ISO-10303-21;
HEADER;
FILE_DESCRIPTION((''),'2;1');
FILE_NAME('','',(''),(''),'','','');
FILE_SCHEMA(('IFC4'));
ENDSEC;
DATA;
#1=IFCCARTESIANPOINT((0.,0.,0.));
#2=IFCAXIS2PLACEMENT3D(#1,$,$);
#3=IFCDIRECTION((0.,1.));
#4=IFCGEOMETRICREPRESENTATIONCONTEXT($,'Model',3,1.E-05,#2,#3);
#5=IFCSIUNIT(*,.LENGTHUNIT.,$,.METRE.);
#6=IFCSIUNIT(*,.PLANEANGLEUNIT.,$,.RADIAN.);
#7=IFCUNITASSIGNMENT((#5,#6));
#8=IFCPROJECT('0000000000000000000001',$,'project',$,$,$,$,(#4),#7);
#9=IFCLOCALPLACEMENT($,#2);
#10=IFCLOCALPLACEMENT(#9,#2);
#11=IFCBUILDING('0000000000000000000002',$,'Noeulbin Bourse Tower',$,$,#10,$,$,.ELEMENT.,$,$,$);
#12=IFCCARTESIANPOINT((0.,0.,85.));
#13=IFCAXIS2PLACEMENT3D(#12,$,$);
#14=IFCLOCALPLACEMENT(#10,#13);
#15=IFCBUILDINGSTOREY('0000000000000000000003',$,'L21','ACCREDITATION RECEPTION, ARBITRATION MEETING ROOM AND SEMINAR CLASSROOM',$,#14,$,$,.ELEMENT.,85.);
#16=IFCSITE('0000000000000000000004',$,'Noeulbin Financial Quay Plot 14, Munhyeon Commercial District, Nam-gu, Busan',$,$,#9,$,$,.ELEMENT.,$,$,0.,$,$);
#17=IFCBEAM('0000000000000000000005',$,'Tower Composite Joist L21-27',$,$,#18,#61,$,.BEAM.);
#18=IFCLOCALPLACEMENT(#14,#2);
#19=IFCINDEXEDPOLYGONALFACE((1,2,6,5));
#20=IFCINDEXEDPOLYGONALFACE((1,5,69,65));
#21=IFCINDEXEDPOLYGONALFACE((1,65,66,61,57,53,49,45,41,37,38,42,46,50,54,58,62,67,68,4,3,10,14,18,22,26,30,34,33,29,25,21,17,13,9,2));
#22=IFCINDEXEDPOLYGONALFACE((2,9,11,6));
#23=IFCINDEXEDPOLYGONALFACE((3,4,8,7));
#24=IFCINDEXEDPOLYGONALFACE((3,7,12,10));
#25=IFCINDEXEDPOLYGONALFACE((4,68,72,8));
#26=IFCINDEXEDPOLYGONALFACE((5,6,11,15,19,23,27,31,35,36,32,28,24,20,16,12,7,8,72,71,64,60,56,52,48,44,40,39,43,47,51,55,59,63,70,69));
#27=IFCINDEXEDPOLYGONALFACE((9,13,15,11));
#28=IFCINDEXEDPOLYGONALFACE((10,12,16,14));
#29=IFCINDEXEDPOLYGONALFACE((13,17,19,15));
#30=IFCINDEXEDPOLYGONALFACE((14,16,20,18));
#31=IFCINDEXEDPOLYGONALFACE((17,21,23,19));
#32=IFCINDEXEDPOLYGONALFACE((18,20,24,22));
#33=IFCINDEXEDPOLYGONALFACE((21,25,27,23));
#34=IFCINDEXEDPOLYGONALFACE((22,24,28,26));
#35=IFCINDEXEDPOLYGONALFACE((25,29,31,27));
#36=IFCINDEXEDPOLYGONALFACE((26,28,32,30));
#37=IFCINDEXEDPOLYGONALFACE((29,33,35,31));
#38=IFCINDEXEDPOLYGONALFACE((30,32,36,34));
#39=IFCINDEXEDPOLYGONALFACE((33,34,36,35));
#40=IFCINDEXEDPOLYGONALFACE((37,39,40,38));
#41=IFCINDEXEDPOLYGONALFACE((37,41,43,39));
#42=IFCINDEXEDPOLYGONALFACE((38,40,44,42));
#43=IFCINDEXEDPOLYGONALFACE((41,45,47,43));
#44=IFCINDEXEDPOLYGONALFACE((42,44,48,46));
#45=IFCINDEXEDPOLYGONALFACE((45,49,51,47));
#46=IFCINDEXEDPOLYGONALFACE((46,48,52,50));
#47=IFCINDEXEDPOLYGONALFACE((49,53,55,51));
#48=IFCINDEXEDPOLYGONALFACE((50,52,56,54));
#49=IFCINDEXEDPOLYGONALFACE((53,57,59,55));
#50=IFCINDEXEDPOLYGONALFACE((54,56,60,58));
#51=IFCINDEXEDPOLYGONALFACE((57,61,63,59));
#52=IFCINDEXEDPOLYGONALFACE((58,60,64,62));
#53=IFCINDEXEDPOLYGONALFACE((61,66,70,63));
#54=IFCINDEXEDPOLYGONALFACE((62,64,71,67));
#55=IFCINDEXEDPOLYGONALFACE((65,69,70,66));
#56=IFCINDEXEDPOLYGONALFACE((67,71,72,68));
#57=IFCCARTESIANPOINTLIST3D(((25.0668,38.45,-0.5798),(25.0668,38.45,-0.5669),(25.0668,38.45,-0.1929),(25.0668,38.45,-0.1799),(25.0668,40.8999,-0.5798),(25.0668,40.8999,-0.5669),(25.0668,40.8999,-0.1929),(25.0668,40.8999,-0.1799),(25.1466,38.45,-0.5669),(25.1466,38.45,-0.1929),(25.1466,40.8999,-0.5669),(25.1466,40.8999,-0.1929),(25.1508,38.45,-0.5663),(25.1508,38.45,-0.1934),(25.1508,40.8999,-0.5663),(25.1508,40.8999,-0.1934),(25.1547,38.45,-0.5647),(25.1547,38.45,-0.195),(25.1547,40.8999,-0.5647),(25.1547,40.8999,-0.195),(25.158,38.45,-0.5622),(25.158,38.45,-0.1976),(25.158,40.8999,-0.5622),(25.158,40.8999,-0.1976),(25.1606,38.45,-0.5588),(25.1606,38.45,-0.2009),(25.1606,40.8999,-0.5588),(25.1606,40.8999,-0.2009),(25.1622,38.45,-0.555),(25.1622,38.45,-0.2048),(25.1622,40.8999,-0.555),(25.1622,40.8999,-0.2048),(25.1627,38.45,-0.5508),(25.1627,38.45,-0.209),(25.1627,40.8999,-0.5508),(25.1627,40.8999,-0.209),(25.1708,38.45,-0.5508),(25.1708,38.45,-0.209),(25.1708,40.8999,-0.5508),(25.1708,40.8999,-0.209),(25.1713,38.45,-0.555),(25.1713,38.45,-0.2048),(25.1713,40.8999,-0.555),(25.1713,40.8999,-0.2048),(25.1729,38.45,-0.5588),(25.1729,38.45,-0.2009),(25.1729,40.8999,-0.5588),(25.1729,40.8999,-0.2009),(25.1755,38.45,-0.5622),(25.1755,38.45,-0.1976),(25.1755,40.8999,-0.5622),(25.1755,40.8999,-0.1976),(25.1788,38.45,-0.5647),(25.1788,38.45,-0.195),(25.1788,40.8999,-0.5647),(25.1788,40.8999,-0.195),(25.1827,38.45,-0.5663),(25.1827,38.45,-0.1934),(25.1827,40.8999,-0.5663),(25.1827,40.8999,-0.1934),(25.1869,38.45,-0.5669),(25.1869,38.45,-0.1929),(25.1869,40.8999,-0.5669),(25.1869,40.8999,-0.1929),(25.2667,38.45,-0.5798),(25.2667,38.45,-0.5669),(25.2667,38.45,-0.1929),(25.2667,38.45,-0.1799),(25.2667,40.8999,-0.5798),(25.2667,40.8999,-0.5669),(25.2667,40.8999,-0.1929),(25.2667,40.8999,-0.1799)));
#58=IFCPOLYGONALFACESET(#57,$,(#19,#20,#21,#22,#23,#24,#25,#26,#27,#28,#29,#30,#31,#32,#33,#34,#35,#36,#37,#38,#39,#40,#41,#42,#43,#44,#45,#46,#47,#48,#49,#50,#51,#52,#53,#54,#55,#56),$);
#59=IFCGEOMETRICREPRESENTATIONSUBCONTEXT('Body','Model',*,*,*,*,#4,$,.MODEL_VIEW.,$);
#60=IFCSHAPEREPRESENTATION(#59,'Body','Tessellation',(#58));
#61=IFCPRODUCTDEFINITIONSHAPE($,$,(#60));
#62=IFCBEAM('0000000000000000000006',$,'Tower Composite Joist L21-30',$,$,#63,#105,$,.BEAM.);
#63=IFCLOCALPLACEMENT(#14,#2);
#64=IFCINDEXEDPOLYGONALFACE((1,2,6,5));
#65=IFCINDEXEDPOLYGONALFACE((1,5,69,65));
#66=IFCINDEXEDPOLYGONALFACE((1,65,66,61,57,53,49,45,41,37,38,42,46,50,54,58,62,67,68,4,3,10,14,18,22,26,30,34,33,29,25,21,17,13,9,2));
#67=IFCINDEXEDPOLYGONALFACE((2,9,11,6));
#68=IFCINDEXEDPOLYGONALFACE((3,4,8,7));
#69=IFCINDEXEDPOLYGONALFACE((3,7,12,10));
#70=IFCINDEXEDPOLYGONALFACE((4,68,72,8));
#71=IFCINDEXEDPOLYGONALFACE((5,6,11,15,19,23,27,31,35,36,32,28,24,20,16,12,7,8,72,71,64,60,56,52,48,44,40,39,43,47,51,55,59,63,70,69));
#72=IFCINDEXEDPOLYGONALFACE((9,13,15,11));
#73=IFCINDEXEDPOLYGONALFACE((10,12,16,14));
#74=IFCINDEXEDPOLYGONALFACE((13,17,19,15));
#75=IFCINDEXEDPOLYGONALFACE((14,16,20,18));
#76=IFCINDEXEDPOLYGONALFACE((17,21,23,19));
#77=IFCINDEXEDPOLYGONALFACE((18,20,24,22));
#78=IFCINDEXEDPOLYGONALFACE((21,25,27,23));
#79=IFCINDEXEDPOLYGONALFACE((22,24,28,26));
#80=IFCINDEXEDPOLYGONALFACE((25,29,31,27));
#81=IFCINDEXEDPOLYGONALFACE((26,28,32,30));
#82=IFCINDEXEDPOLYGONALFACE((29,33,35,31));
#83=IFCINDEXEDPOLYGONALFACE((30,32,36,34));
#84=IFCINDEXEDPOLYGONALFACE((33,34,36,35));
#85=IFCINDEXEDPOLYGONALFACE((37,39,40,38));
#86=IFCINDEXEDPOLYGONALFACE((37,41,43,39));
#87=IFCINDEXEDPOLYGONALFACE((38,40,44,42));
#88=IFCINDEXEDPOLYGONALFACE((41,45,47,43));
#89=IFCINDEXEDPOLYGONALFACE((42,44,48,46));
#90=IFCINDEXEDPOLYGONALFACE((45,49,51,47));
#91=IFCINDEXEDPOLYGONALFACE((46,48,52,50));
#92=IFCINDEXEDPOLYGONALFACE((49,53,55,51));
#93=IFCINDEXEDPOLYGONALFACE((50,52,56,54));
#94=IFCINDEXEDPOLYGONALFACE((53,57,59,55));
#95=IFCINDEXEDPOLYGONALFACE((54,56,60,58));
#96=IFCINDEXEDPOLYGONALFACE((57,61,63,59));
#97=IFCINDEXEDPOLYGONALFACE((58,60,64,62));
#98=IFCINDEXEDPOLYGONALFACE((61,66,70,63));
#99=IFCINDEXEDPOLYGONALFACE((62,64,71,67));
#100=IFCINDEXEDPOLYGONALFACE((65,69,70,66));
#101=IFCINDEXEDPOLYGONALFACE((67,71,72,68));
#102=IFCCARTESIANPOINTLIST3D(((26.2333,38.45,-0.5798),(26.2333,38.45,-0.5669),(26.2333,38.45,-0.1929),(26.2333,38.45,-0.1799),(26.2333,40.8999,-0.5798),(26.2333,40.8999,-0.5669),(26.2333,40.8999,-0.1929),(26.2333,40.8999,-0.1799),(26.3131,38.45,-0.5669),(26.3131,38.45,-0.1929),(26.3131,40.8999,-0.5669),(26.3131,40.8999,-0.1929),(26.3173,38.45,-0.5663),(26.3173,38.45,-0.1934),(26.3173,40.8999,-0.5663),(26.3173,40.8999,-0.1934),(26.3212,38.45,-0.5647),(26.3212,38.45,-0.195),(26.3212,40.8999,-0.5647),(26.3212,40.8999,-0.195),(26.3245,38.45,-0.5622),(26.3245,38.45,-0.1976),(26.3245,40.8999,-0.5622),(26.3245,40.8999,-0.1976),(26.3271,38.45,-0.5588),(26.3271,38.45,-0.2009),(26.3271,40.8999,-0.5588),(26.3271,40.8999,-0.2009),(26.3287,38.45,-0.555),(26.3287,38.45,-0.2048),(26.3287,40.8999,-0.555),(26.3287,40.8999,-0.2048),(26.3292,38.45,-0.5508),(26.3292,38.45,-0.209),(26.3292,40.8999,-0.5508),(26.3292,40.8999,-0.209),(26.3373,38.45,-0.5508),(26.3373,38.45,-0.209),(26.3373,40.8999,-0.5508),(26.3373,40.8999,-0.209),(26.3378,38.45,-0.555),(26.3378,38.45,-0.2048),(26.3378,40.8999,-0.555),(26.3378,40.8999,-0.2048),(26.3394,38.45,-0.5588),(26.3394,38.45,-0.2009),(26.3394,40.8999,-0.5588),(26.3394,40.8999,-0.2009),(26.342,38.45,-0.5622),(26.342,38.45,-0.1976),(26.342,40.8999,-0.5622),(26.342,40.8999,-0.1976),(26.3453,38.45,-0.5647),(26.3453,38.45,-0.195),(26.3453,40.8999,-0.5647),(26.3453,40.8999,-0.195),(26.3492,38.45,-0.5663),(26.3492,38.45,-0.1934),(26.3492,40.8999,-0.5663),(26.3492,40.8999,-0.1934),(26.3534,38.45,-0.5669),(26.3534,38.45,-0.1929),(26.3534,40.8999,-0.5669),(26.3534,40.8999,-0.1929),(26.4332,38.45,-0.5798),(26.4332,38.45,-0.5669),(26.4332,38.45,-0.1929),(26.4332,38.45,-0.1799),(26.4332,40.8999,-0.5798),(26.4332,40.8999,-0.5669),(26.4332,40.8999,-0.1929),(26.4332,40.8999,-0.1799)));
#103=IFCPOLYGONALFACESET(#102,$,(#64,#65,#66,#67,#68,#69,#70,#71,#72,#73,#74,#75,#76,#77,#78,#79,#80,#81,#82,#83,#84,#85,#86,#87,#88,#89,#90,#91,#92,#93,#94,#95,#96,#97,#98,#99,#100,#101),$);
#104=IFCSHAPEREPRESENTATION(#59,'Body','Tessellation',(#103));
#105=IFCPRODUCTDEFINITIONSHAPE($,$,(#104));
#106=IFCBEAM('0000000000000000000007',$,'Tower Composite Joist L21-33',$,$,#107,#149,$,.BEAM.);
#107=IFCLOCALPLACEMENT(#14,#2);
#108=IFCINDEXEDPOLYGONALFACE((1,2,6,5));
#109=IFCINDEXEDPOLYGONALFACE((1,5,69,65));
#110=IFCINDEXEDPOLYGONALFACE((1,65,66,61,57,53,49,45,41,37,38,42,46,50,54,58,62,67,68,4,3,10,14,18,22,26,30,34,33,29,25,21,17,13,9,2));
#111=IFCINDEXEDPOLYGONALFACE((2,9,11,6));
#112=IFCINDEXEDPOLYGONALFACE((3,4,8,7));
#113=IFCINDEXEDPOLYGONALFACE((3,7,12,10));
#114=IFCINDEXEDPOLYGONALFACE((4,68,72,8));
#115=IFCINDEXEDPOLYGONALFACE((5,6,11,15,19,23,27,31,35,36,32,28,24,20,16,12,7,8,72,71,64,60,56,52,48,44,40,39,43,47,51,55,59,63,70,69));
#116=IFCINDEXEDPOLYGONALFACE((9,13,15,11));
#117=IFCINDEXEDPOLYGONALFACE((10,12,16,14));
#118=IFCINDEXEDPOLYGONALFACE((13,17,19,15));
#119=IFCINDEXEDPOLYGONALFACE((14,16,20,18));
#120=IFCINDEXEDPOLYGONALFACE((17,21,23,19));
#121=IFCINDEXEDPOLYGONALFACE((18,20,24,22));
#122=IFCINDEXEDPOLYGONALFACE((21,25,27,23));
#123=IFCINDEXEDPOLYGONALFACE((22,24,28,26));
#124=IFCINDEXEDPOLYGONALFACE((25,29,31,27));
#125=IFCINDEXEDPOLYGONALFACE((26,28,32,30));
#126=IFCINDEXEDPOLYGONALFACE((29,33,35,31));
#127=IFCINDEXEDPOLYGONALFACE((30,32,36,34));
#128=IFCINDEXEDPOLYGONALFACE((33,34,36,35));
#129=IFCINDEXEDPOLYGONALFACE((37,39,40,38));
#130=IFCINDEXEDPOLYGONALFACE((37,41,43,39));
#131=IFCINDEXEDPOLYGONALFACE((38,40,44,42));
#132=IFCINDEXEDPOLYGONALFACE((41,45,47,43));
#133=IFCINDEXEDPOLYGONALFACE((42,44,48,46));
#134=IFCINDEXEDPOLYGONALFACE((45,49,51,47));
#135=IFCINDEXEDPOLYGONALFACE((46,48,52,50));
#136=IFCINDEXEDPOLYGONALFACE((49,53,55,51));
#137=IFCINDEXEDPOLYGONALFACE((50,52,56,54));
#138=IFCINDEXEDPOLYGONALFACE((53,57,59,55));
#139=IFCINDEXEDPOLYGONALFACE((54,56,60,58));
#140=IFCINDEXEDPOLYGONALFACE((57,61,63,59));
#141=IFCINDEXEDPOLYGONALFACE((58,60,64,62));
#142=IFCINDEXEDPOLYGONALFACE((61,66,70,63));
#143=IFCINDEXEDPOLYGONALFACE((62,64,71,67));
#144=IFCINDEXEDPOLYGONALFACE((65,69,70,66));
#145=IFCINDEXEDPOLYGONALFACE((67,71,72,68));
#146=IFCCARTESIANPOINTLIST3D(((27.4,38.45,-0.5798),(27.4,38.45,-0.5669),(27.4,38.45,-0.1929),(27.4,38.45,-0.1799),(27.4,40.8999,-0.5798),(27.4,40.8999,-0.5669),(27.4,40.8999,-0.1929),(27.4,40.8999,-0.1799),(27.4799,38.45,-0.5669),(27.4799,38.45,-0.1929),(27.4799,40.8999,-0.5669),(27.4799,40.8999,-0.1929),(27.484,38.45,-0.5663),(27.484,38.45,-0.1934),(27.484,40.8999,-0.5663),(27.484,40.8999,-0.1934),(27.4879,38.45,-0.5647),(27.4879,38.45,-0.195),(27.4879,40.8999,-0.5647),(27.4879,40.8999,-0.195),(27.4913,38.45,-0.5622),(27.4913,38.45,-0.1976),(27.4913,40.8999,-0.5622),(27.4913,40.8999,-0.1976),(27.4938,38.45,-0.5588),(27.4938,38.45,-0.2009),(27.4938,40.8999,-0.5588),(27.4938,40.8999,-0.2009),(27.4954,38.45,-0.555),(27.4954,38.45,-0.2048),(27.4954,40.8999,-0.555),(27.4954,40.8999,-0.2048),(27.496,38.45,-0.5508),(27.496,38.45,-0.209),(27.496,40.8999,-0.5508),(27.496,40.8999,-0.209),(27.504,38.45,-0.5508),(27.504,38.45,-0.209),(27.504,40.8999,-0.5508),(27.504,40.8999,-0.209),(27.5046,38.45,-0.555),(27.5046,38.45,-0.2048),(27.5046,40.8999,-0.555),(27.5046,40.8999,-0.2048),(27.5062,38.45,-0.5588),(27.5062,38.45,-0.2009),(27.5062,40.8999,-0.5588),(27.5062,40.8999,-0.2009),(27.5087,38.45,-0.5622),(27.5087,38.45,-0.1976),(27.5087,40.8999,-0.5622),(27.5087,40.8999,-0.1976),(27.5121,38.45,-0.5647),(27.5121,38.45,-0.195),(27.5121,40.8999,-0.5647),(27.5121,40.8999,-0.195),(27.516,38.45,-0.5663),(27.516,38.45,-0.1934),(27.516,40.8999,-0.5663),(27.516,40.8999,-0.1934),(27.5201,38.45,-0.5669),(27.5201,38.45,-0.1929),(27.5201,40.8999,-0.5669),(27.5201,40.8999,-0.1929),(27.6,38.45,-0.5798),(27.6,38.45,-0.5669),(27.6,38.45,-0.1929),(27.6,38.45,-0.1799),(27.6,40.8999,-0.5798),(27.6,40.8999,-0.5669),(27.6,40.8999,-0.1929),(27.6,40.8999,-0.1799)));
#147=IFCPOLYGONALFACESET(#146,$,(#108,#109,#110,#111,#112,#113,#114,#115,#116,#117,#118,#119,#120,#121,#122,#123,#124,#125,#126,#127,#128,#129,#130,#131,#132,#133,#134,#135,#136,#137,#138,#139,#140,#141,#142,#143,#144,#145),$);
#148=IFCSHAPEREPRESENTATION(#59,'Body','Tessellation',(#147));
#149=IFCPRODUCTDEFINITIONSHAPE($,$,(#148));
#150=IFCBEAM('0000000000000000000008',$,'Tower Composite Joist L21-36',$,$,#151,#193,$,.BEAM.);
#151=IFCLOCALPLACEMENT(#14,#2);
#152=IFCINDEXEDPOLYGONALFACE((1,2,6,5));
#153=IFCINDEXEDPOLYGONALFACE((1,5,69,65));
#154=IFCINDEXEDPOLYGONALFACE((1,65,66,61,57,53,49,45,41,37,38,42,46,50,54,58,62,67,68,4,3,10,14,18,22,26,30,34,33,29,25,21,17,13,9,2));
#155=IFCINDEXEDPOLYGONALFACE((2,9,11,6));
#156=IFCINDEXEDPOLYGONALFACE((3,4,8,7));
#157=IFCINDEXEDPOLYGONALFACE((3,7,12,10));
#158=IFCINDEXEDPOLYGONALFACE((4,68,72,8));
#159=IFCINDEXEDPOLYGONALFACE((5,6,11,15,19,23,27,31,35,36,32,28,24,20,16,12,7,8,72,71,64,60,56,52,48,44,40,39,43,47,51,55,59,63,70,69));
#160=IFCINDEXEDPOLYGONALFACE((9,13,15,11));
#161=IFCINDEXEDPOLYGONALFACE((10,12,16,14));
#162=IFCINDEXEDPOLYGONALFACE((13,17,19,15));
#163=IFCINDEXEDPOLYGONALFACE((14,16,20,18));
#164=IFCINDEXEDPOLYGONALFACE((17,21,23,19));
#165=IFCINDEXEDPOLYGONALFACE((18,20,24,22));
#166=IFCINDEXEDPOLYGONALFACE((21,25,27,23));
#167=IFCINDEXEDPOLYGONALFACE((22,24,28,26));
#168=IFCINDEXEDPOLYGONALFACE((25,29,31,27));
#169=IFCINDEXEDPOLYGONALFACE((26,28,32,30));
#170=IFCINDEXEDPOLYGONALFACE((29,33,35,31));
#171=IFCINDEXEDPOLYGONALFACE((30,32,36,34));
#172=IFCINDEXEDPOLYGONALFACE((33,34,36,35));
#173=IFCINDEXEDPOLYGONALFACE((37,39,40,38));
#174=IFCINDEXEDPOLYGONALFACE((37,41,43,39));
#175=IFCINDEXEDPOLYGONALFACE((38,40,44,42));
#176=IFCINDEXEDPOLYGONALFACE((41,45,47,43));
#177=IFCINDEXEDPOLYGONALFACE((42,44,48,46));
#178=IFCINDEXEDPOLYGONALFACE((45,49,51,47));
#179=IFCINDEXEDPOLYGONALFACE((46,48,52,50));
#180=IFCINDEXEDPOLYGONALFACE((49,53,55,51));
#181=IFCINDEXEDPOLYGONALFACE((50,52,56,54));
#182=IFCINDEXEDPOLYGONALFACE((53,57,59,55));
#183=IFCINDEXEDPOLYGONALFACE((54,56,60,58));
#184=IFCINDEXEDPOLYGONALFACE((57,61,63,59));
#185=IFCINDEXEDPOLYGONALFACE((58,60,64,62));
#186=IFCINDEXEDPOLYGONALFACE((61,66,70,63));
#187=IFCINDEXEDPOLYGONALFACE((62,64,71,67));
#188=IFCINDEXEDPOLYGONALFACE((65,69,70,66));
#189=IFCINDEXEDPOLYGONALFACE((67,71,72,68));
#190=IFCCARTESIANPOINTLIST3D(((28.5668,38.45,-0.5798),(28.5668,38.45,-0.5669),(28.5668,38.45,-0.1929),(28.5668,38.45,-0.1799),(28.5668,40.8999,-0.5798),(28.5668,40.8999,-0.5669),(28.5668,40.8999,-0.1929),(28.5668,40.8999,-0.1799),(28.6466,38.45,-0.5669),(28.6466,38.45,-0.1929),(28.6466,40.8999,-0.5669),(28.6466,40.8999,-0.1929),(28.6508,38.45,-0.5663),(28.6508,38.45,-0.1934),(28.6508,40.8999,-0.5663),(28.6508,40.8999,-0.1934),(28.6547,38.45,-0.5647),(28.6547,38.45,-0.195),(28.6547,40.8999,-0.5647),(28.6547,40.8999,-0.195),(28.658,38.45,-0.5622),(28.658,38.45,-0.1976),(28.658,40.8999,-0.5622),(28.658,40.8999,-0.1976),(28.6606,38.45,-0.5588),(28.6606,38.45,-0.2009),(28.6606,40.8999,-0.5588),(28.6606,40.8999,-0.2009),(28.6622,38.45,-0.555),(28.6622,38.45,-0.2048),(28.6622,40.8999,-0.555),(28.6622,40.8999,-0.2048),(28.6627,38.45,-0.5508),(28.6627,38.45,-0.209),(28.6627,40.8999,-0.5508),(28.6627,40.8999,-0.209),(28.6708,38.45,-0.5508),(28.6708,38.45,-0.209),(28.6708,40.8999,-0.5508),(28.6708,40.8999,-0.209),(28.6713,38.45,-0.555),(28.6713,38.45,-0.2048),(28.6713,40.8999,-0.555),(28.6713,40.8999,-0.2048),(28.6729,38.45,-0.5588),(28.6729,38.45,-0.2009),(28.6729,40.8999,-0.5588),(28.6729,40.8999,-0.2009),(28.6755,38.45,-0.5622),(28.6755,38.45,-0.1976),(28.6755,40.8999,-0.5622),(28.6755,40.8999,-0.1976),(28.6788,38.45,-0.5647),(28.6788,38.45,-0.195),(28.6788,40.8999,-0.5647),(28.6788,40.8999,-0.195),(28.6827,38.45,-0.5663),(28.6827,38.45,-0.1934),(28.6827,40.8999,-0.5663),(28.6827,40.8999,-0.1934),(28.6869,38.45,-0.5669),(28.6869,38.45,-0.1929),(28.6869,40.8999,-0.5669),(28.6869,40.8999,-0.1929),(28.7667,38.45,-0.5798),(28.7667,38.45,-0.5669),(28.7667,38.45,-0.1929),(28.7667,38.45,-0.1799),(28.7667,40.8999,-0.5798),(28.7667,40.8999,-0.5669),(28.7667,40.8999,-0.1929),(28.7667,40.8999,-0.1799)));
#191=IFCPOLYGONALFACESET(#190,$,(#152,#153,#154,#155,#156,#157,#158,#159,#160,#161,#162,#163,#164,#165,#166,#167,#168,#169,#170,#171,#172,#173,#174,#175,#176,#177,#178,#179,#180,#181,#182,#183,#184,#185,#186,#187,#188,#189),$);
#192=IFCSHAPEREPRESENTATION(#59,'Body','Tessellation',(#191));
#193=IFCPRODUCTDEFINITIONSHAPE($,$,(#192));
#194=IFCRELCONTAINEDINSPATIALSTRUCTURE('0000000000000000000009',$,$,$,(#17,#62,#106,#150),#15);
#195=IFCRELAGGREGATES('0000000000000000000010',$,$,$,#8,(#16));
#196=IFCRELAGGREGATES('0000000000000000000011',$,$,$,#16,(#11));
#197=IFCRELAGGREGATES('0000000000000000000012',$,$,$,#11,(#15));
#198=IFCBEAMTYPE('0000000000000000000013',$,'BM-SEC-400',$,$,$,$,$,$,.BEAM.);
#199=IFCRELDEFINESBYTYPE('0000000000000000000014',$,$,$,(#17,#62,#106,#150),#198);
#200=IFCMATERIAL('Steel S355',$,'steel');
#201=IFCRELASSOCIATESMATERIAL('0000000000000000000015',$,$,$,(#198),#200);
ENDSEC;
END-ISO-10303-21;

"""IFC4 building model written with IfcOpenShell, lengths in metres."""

from ifc_helpers import new_model, si_unit, direction, frame, origin, origin_2d, place, context, subcontext, project, spatial, i_section, extrude, material, material_profile, profile_set, type_object, element, save


model = new_model("IFC4")

# Units and contexts
model_context = context("Model", 3, precision=1e-05, world=origin(), true_north=direction((0.0, 1.0)))
body_context = subcontext(model_context, "Body", "Model", "MODEL_VIEW")
ifc_project = project(units=[si_unit("LENGTHUNIT", "METRE"), si_unit("PLANEANGLEUNIT", "RADIAN")], contexts=[model_context])

# Site, building, storey
site_placement = place(None, origin())
site = spatial("IfcSite", under=ifc_project, at=site_placement, Name="Noeulbin Financial Quay Plot 14, Munhyeon Commercial District, Nam-gu, Busan", CompositionType="ELEMENT", RefElevation=0.0)
building_placement = place(site_placement, origin())
building = spatial("IfcBuilding", under=site, at=building_placement, Name="Noeulbin Bourse Tower", CompositionType="ELEMENT")
storey_placement = place(building_placement, frame((0.0, 0.0, 85.0)))
storey = spatial("IfcBuildingStorey", under=building, at=storey_placement, Name="L21", Description="ACCREDITATION RECEPTION, ARBITRATION MEETING ROOM AND SEMINAR CLASSROOM", CompositionType="ELEMENT", Elevation=85.0)

# Beams
ifc_material_1 = material(Name="Steel S355", Category="steel")
ifc_material_profile_1 = material_profile(ifc_material_1, i_section(OverallWidth=0.2, OverallDepth=0.3999, WebThickness=0.0081, FlangeThickness=0.0129, FilletRadius=0.0161, at=origin_2d()), Name="H-400x200x8x13", Category="LoadBearing")
ifc_profile_set_1 = profile_set([ifc_material_profile_1], Name="Steel S355")
beam_type_1 = type_object("IfcBeamType", Name="BM-SEC-400", PredefinedType="BEAM", material=ifc_profile_set_1)
for number, where, z_axis, x_axis, name in (
    (1, (25.1667, 38.45, -0.3799), (0.0, 1.0, 0.0), (-1.0, 0.0, 0.0), "Tower Composite Joist L21-27"),
    (2, (26.3333, 38.45, -0.3799), (0.0, 1.0, 0.0), (-1.0, 0.0, 0.0), "Tower Composite Joist L21-30"),
    (3, (27.5, 38.45, -0.3799), (0.0, 1.0, 0.0), (-1.0, 0.0, 0.0), "Tower Composite Joist L21-33"),
    (4, (28.6667, 38.45, -0.3799), (0.0, 1.0, 0.0), (-1.0, 0.0, 0.0), "Tower Composite Joist L21-36"),
):
    element("IfcBeam", number, at=place(storey_placement, frame(where, z_axis=z_axis, x_axis=x_axis)), inside=storey, type_object=beam_type_1, Name=name, PredefinedType="BEAM", context=body_context, shape_type="SweptSolid", body=[
        extrude(i_section(OverallWidth=0.2, OverallDepth=0.3999, WebThickness=0.0081, FlangeThickness=0.0129, FilletRadius=0.0161, at=origin_2d()), origin(), (0.0, 0.0, 1.0), 2.45),
    ])

save(model, "model.ifc")
